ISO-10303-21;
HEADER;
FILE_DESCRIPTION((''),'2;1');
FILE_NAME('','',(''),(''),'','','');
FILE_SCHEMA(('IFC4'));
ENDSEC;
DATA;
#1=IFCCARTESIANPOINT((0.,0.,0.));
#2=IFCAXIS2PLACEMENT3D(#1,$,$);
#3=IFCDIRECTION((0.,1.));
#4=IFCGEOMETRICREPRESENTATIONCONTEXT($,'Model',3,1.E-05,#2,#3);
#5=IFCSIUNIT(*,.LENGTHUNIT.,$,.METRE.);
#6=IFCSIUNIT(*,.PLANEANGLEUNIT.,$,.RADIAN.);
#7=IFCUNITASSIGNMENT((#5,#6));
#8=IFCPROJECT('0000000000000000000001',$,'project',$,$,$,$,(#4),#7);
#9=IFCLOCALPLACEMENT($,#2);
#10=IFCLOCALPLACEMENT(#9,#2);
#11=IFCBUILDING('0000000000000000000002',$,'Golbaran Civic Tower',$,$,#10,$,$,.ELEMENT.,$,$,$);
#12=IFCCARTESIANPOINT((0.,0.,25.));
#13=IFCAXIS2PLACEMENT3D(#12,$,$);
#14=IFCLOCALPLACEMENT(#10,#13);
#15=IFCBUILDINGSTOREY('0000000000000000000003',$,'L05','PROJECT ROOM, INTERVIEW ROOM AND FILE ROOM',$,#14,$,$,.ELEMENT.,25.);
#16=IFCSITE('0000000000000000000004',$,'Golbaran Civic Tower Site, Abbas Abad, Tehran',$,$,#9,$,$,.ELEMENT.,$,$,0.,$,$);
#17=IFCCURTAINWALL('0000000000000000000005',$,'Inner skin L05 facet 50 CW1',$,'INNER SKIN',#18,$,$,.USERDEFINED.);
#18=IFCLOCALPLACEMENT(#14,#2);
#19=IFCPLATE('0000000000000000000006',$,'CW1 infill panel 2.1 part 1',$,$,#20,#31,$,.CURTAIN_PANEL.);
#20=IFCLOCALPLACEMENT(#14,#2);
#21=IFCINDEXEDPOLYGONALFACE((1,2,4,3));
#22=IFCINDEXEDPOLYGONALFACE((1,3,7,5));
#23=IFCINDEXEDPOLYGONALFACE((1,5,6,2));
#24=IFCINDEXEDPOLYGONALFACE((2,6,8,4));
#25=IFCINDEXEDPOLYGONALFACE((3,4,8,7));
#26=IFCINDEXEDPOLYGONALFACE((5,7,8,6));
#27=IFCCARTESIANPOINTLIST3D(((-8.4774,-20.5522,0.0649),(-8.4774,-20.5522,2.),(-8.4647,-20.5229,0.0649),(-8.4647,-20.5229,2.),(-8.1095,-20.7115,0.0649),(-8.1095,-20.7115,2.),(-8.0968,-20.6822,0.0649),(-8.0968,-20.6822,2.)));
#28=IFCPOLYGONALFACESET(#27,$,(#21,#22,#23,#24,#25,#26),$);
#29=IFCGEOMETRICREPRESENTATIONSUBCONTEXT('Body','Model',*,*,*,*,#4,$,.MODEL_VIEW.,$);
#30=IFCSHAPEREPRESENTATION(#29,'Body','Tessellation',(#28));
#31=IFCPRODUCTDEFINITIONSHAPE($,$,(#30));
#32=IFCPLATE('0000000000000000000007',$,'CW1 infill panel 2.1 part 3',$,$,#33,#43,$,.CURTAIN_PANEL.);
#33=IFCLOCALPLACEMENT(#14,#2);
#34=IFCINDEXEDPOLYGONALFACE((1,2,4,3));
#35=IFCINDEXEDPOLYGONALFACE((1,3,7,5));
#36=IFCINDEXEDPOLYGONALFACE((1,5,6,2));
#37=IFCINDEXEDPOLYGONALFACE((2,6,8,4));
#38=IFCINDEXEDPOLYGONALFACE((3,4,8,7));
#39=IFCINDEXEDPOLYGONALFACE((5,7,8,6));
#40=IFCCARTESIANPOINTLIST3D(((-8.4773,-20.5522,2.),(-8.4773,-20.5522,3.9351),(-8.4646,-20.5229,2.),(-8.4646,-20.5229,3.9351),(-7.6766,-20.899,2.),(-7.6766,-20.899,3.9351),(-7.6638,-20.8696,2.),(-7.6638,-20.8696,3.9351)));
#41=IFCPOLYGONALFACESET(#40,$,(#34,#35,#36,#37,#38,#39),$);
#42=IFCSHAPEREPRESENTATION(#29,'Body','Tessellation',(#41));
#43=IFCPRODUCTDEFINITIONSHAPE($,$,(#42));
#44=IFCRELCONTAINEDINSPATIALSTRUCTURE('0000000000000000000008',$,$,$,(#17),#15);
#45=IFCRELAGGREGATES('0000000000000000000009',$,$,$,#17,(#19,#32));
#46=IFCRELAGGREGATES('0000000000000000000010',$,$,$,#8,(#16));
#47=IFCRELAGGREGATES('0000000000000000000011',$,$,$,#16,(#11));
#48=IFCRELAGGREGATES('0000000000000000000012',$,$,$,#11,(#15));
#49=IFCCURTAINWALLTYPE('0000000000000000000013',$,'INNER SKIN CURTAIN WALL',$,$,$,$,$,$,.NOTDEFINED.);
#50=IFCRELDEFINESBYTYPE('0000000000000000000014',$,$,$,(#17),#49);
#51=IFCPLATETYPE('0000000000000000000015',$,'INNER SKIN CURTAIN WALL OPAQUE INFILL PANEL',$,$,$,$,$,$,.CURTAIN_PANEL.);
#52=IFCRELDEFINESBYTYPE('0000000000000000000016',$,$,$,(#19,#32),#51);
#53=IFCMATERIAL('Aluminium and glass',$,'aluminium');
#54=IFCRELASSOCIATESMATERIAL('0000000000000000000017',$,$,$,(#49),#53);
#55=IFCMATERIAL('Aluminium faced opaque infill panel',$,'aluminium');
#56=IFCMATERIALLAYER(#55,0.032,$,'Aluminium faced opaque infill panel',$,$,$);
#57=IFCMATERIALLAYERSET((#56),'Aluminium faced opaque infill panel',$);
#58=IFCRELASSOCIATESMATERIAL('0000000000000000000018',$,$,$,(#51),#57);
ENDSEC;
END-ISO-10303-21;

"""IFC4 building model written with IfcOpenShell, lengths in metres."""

from ifc_helpers import new_model, si_unit, direction, frame, origin, origin_2d, place, context, subcontext, project, spatial, rectangle, extrude, material, layer, layer_set, type_object, element, aggregate, save


model = new_model("IFC4")

# Units and contexts
model_context = context("Model", 3, precision=1e-05, world=origin(), true_north=direction((0.0, 1.0)))
body_context = subcontext(model_context, "Body", "Model", "MODEL_VIEW")
ifc_project = project(units=[si_unit("LENGTHUNIT", "METRE"), si_unit("PLANEANGLEUNIT", "RADIAN")], contexts=[model_context])

# Site, building, storey
site_placement = place(None, origin())
site = spatial("IfcSite", under=ifc_project, at=site_placement, Name="Golbaran Civic Tower Site, Abbas Abad, Tehran", CompositionType="ELEMENT", RefElevation=0.0)
building_placement = place(site_placement, origin())
building = spatial("IfcBuilding", under=site, at=building_placement, Name="Golbaran Civic Tower", CompositionType="ELEMENT")
storey_placement = place(building_placement, frame((0.0, 0.0, 25.0)))
storey = spatial("IfcBuildingStorey", under=building, at=storey_placement, Name="L05", Description="PROJECT ROOM, INTERVIEW ROOM AND FILE ROOM", CompositionType="ELEMENT", Elevation=25.0)

# Curtain wall
ifc_material_1 = material(Name="Aluminium and glass", Category="aluminium")
curtain_wall_type = type_object("IfcCurtainWallType", Name="INNER SKIN CURTAIN WALL", PredefinedType="NOTDEFINED", material=ifc_material_1)
curtain_wall_1_placement = place(storey_placement, origin())
curtain_wall_1 = element("IfcCurtainWall", 1, at=curtain_wall_1_placement, inside=storey, type_object=curtain_wall_type, Name="Inner skin L05 facet 50 CW1", ObjectType="INNER SKIN", PredefinedType="USERDEFINED")

# Plates
ifc_material_2 = material(Name="Aluminium faced opaque infill panel", Category="aluminium")
ifc_layer_1 = layer(ifc_material_2, 0.032, Name="Aluminium faced opaque infill panel")
ifc_layer_set_1 = layer_set([ifc_layer_1], Name="Aluminium faced opaque infill panel")
plate_type_1 = type_object("IfcPlateType", Name="INNER SKIN CURTAIN WALL OPAQUE INFILL PANEL", PredefinedType="CURTAIN_PANEL", material=ifc_layer_set_1)
plate_1_placement = place(storey_placement, frame((-8.2871, -20.6172, 0.0649), z_axis=(0.0, 0.0, 1.0), x_axis=(0.917653, -0.397383, 0.0)))
plate_1 = element("IfcPlate", 2, at=plate_1_placement, type_object=plate_type_1, Name="CW1 infill panel 2.1 part 1", PredefinedType="CURTAIN_PANEL", context=body_context, shape_type="SweptSolid", body=[
    extrude(rectangle(XDim=0.4009, YDim=0.032, at=origin_2d()), origin(), (0.0, 0.0, 1.0), 1.9351),
])
plate_2_placement = place(storey_placement, frame((-8.0706, -20.7109, 2.0), z_axis=(0.0, 0.0, 1.0), x_axis=(0.917653, -0.397383, 0.0)))
plate_2 = element("IfcPlate", 3, at=plate_2_placement, type_object=plate_type_1, Name="CW1 infill panel 2.1 part 3", PredefinedType="CURTAIN_PANEL", context=body_context, shape_type="SweptSolid", body=[
    extrude(rectangle(XDim=0.8726, YDim=0.032, at=origin_2d()), origin(), (0.0, 0.0, 1.0), 1.9351),
])
aggregate(curtain_wall_1, [plate_1, plate_2])

save(model, "model.ifc")
